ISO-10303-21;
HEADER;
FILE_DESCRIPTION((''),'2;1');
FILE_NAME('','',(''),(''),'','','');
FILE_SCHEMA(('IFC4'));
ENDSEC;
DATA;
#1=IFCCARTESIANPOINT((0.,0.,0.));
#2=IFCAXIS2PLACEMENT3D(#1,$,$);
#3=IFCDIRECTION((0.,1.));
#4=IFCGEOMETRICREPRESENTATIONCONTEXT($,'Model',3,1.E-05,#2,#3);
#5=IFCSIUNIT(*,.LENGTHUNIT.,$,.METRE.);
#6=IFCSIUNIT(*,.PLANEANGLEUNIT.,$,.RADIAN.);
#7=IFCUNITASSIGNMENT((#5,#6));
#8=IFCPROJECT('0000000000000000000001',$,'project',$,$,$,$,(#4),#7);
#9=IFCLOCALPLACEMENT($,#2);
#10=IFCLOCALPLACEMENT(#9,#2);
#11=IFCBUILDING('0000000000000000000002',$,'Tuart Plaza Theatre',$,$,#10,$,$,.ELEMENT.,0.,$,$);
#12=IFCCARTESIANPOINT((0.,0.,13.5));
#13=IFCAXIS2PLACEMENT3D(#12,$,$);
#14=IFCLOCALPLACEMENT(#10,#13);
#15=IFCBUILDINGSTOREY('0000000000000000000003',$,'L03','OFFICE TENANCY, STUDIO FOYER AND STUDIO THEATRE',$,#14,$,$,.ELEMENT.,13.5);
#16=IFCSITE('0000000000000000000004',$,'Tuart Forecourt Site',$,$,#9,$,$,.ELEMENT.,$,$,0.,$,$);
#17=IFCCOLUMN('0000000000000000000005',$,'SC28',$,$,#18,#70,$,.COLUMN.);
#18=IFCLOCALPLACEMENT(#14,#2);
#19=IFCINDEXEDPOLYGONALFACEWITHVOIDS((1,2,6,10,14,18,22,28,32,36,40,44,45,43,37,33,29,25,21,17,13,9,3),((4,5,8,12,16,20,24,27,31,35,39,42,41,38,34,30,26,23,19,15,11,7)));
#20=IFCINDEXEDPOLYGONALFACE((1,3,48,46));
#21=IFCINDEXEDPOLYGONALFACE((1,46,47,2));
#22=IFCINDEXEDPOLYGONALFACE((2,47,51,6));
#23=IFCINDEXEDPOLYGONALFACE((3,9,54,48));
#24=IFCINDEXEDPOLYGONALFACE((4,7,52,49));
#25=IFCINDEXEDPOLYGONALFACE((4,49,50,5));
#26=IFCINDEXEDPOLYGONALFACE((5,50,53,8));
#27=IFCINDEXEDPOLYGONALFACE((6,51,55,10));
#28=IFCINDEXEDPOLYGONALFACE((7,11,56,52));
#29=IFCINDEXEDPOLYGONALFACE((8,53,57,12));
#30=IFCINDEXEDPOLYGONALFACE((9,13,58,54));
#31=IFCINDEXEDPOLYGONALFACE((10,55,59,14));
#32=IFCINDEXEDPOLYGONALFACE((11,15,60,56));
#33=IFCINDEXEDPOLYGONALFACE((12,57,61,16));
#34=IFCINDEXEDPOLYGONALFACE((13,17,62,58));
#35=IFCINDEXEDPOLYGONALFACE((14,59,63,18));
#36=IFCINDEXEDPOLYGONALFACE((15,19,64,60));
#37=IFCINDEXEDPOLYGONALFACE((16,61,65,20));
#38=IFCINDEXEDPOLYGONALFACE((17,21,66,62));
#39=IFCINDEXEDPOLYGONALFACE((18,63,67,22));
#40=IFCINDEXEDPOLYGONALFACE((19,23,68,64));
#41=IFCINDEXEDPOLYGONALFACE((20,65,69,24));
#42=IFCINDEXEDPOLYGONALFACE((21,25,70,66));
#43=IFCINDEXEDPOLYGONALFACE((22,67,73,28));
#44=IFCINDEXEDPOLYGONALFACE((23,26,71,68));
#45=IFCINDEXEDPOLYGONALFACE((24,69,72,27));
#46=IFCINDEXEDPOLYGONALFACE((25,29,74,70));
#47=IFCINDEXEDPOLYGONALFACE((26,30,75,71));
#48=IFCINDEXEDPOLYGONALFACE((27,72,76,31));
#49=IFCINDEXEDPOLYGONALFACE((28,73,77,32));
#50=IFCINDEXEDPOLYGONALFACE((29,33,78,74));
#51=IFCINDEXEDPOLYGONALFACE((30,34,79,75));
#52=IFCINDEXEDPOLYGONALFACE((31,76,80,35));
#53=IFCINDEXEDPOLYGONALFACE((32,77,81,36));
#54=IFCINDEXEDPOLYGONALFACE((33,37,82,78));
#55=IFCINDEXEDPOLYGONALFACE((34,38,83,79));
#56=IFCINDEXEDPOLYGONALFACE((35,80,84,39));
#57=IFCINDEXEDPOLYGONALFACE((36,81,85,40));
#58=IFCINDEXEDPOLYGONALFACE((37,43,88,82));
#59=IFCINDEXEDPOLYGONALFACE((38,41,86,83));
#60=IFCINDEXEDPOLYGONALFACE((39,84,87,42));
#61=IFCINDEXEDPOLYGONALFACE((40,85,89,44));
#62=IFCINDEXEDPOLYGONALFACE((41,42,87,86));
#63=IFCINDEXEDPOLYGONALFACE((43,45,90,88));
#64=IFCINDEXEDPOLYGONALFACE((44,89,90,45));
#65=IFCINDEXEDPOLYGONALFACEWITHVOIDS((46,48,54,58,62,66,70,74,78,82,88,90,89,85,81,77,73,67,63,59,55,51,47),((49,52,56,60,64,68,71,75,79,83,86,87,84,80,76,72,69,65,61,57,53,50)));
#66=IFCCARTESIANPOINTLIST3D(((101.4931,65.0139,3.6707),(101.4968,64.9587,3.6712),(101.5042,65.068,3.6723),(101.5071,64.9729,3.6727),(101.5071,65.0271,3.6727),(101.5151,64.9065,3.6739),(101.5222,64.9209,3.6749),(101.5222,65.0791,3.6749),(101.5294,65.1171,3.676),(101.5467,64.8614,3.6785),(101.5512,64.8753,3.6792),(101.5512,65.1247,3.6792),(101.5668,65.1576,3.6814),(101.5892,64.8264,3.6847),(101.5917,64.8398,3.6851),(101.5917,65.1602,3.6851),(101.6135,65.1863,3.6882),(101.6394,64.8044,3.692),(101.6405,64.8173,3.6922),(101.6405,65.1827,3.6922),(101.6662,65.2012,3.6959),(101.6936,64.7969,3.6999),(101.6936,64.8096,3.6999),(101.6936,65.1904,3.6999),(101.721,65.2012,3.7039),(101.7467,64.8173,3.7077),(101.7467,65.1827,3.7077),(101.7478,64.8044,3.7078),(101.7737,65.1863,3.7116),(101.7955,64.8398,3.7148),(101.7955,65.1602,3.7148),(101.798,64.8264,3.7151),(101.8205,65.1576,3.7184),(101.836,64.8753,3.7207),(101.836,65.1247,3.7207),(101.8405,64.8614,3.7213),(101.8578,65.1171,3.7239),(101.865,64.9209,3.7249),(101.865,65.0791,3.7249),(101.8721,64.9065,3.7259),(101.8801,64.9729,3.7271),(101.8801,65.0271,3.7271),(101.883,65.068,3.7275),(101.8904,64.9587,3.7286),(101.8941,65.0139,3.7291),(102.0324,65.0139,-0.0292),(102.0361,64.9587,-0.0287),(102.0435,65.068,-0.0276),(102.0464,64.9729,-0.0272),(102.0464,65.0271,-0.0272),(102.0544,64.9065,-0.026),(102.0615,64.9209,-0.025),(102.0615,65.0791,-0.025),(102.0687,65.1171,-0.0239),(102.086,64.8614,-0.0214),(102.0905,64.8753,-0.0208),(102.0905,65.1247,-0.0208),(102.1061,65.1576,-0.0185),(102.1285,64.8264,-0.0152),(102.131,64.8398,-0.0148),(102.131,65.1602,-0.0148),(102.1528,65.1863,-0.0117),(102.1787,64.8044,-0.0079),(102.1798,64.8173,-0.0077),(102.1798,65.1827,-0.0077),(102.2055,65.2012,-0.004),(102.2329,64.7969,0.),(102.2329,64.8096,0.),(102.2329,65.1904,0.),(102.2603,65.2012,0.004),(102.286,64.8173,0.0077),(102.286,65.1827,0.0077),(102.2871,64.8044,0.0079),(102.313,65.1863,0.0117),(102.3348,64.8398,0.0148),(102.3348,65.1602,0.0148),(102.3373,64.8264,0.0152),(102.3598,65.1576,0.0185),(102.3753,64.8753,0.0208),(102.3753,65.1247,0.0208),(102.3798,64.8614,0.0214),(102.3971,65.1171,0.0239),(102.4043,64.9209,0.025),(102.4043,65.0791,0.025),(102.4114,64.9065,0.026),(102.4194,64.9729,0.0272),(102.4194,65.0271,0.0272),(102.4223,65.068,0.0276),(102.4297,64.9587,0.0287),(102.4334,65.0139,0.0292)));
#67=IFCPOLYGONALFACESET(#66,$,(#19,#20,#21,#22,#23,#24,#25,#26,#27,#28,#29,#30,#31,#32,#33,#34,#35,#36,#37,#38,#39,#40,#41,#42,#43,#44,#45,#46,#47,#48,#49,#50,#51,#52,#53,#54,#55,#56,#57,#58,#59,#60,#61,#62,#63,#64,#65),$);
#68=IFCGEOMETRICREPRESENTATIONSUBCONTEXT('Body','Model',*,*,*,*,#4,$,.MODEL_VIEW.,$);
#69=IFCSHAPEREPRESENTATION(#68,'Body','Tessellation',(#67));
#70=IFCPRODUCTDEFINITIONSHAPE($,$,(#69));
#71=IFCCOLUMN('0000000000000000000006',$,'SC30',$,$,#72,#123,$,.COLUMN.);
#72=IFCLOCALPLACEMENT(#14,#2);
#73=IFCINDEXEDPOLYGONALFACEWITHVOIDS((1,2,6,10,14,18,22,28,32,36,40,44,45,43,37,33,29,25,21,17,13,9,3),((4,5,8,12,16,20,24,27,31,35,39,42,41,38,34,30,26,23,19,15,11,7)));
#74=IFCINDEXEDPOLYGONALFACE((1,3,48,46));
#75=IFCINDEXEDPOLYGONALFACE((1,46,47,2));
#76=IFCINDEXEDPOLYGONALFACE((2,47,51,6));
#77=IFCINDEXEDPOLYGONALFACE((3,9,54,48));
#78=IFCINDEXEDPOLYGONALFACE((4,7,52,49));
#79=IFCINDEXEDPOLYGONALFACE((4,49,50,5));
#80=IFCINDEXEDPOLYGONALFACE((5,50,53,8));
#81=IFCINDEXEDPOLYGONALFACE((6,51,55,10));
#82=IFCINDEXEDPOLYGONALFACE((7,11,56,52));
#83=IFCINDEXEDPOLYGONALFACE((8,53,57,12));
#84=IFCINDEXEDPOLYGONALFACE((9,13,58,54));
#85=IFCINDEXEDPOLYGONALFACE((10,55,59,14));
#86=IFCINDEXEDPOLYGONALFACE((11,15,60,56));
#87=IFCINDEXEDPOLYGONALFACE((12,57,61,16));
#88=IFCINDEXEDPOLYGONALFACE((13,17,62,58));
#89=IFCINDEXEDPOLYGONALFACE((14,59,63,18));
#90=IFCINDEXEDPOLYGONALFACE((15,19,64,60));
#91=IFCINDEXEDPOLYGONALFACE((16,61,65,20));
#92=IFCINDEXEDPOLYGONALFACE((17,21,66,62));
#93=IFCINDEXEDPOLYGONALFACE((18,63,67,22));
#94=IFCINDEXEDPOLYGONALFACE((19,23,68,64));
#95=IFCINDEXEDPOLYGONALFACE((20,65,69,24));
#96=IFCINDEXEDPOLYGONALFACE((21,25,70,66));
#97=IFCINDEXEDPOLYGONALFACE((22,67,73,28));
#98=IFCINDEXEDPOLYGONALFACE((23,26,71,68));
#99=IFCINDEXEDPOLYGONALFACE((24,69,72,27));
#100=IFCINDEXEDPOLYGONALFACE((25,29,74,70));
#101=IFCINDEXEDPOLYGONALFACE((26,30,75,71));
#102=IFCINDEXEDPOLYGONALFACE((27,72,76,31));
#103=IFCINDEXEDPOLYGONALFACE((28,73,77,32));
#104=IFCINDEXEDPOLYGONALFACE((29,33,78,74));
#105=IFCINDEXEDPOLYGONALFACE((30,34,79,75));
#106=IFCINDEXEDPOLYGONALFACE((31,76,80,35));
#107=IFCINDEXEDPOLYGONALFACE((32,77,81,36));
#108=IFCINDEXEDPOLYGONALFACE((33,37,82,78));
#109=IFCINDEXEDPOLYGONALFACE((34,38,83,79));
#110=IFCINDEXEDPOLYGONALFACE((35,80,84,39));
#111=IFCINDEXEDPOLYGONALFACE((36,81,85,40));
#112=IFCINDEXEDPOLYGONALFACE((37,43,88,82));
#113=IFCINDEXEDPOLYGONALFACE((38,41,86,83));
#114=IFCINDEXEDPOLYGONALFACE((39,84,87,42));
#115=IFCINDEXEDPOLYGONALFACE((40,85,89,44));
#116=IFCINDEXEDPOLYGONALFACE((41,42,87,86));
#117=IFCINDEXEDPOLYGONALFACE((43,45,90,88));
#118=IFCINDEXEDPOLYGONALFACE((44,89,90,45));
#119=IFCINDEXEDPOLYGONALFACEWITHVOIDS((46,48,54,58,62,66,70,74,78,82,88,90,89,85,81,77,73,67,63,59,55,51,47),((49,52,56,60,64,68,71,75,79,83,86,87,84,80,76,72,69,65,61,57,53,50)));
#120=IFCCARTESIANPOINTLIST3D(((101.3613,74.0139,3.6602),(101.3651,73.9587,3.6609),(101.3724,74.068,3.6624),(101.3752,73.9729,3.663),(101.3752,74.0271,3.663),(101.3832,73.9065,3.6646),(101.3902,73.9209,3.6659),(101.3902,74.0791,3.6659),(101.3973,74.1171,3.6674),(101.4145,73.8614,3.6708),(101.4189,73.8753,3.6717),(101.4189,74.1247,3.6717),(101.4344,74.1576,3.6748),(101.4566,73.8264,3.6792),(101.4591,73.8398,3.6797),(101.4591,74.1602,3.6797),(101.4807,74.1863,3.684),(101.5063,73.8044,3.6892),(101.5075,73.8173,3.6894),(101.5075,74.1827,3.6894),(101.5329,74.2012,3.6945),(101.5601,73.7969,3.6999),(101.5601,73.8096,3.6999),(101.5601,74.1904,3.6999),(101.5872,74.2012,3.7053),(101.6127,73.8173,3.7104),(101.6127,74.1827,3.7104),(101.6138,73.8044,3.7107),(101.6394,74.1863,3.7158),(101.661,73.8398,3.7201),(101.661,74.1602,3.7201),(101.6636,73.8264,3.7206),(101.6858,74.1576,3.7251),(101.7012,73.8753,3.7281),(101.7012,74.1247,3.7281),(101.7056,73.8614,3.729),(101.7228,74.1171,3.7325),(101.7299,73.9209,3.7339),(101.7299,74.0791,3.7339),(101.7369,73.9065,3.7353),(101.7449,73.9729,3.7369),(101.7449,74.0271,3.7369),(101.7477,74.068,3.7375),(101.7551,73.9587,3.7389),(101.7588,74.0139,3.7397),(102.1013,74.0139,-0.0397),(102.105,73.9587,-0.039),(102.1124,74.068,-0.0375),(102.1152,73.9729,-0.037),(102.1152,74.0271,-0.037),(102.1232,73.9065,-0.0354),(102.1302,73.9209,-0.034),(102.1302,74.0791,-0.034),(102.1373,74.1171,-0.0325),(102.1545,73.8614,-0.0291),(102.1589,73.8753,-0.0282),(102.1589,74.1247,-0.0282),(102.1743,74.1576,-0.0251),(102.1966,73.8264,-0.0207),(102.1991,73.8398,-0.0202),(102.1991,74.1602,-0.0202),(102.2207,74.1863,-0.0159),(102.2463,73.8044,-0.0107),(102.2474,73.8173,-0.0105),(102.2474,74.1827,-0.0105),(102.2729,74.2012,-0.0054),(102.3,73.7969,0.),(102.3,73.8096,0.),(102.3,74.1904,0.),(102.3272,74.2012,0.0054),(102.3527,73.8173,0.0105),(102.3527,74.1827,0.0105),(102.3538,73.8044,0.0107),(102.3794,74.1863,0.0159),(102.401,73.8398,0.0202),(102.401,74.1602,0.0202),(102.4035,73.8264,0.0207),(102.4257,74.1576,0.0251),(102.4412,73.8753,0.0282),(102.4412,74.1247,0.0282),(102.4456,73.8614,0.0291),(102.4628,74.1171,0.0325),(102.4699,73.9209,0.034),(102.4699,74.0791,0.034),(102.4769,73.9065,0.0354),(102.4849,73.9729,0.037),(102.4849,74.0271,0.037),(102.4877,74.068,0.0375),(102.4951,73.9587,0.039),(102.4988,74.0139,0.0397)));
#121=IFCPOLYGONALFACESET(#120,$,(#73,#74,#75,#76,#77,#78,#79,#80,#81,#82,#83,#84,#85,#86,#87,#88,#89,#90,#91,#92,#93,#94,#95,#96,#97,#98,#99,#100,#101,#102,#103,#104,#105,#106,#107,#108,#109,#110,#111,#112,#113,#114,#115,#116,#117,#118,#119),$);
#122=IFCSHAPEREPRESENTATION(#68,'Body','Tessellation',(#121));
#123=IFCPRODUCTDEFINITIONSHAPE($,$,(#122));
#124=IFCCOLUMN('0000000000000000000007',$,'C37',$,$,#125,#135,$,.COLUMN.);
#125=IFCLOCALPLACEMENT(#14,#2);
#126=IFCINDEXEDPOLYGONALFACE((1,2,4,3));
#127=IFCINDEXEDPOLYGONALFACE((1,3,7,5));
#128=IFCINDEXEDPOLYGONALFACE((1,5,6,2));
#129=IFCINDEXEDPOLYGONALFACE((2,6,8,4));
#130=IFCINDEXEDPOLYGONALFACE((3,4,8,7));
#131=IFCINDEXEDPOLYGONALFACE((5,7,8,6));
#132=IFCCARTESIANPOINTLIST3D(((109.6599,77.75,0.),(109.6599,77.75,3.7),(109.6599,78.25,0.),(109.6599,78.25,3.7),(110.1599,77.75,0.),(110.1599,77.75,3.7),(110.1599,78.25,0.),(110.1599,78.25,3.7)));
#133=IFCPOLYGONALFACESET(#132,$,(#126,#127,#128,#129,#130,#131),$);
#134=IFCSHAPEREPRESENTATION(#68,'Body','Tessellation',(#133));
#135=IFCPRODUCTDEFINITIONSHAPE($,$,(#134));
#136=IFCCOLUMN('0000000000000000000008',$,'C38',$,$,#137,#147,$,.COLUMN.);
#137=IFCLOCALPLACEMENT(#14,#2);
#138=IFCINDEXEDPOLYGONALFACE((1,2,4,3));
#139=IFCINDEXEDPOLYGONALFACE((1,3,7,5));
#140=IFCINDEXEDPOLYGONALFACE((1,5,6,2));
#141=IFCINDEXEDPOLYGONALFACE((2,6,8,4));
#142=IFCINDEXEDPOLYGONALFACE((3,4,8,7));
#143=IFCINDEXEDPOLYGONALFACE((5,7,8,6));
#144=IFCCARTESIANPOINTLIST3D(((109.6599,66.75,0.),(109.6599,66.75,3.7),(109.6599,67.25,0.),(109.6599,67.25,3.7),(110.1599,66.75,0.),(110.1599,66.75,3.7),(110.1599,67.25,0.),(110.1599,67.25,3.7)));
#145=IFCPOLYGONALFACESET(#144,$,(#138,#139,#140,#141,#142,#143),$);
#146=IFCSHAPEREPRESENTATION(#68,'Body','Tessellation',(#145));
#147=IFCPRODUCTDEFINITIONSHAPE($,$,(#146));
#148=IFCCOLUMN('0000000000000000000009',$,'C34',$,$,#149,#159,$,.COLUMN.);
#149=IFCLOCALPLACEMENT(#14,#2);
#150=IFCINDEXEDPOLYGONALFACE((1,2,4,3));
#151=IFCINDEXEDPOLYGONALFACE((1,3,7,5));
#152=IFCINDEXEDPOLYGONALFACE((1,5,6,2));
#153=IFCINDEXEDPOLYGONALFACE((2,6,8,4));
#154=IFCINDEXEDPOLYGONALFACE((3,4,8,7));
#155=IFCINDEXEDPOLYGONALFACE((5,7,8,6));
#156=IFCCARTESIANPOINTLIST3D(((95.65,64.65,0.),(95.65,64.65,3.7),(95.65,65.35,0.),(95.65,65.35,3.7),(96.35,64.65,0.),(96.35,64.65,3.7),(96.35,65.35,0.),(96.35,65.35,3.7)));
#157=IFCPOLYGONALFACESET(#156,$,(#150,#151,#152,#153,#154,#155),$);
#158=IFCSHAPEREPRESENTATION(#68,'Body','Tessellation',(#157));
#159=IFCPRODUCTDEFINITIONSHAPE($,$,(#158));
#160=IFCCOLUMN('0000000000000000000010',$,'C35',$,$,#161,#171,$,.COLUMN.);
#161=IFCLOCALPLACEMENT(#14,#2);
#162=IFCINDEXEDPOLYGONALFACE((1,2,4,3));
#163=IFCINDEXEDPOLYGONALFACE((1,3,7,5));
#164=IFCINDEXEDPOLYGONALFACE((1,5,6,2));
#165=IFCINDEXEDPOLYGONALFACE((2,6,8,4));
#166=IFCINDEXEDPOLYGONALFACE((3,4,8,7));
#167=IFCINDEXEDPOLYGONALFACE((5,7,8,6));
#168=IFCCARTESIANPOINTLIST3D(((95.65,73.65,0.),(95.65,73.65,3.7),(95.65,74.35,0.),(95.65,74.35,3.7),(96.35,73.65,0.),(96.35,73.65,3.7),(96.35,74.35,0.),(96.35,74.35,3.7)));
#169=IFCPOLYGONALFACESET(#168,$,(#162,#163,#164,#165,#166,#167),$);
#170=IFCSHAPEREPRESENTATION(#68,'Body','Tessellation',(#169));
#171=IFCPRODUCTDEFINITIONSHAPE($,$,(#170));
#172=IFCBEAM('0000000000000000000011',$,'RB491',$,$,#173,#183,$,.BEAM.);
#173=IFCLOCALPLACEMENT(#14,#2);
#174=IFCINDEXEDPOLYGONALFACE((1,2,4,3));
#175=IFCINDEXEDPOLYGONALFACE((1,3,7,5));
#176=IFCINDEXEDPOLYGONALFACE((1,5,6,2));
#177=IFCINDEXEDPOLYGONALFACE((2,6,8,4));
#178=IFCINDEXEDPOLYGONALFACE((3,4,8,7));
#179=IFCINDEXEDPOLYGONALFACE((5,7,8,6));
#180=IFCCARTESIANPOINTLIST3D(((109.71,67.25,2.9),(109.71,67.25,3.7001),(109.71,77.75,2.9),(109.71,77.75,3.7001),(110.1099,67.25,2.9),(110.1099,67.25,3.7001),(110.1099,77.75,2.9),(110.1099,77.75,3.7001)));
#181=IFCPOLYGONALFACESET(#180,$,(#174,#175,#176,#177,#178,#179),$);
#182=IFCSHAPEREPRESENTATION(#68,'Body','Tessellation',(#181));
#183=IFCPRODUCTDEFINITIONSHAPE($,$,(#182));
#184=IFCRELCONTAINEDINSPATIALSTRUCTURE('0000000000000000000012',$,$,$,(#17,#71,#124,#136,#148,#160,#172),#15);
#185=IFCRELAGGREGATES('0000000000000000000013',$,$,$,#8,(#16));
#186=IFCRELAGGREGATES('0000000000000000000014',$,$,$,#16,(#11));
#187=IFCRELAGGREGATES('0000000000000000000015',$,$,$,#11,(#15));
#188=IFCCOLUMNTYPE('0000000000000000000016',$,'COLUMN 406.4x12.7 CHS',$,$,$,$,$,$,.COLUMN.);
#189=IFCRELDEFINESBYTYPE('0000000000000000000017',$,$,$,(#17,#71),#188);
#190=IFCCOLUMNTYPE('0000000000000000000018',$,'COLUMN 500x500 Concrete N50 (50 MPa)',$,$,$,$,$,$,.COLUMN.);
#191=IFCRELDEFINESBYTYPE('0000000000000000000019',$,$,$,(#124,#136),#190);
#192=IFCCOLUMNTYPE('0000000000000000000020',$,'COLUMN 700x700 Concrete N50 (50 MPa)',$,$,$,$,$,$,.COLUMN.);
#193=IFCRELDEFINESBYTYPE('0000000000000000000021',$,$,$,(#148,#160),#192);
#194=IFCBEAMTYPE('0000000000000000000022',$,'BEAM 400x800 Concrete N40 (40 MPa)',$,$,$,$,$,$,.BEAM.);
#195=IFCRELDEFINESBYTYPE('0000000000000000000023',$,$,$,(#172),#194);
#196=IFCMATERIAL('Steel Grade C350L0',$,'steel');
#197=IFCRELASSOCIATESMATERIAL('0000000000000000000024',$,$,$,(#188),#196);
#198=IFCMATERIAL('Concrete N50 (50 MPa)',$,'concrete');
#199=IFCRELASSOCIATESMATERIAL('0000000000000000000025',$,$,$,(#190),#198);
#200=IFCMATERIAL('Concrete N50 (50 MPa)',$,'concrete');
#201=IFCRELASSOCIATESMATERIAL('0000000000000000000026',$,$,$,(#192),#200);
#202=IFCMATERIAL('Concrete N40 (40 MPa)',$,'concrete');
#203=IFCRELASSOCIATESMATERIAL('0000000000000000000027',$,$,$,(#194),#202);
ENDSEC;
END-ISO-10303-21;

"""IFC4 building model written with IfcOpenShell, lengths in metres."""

from ifc_helpers import new_model, si_unit, direction, frame, origin, origin_2d, place, context, subcontext, project, spatial, rectangle, hollow_circle, extrude, material, material_profile, profile_set, type_object, element, save


model = new_model("IFC4")

# Units and contexts
model_context = context("Model", 3, precision=1e-05, world=origin(), true_north=direction((0.0, 1.0)))
body_context = subcontext(model_context, "Body", "Model", "MODEL_VIEW")
ifc_project = project(units=[si_unit("LENGTHUNIT", "METRE"), si_unit("PLANEANGLEUNIT", "RADIAN")], contexts=[model_context])

# Site, building, storey
site_placement = place(None, origin())
site = spatial("IfcSite", under=ifc_project, at=site_placement, Name="Tuart Forecourt Site", CompositionType="ELEMENT", RefElevation=0.0)
building_placement = place(site_placement, origin())
building = spatial("IfcBuilding", under=site, at=building_placement, Name="Tuart Plaza Theatre", CompositionType="ELEMENT", ElevationOfRefHeight=0.0)
storey_placement = place(building_placement, frame((0.0, 0.0, 13.5)))
storey = spatial("IfcBuildingStorey", under=building, at=storey_placement, Name="L03", Description="OFFICE TENANCY, STUDIO FOYER AND STUDIO THEATRE", CompositionType="ELEMENT", Elevation=13.5)

# Columns
ifc_material_1 = material(Name="Steel Grade C350L0", Category="steel")
ifc_material_profile_1 = material_profile(ifc_material_1, hollow_circle(Radius=0.2031, WallThickness=0.0127, at=origin_2d()), Name="406.4x12.7 CHS")
ifc_profile_set_1 = profile_set([ifc_material_profile_1], Name="Steel Grade C350L0")
column_type_1 = type_object("IfcColumnType", Name="COLUMN 406.4x12.7 CHS", PredefinedType="COLUMN", material=ifc_profile_set_1)
column_1_placement = place(storey_placement, frame((102.2329, 65.0, 0.0), z_axis=(-0.144236, 0.0, 0.989543), x_axis=(0.0, -1.0, 0.0)))
element("IfcColumn", 1, at=column_1_placement, inside=storey, type_object=column_type_1, Name="SC28", PredefinedType="COLUMN", context=body_context, shape_type="SweptSolid", body=[
    extrude(hollow_circle(Radius=0.2031, WallThickness=0.0127, at=origin_2d()), origin(), (0.0, 0.0, 1.0), 3.739),
])
column_2_placement = place(storey_placement, frame((102.3, 74.0, 0.0), z_axis=(-0.196116, 0.0, 0.980581), x_axis=(0.0, -1.0, 0.0)))
element("IfcColumn", 2, at=column_2_placement, inside=storey, type_object=column_type_1, Name="SC30", PredefinedType="COLUMN", context=body_context, shape_type="SweptSolid", body=[
    extrude(hollow_circle(Radius=0.2031, WallThickness=0.0127, at=origin_2d()), origin(), (0.0, 0.0, 1.0), 3.7732),
])
ifc_material_2 = material(Name="Concrete N50 (50 MPa)", Category="concrete")
ifc_material_profile_2 = material_profile(ifc_material_2, rectangle(XDim=0.5, YDim=0.5, at=origin_2d()), Name="COLUMN 500x500 Concrete N50 (50 MPa)")
ifc_profile_set_2 = profile_set([ifc_material_profile_2], Name="Concrete N50 (50 MPa)")
column_type_2 = type_object("IfcColumnType", Name="COLUMN 500x500 Concrete N50 (50 MPa)", PredefinedType="COLUMN", material=ifc_profile_set_2)
for number, where, z_axis, x_axis, name in (
    (3, (109.9099, 78.0, 0.0), (0.0, 0.0, 1.0), (1.0, 0.0, 0.0), "C37"),
    (4, (109.9099, 67.0, 0.0), (0.0, 0.0, 1.0), (1.0, 0.0, 0.0), "C38"),
):
    element("IfcColumn", number, at=place(storey_placement, frame(where, z_axis=z_axis, x_axis=x_axis)), inside=storey, type_object=column_type_2, Name=name, PredefinedType="COLUMN", context=body_context, shape_type="SweptSolid", body=[
        extrude(rectangle(XDim=0.5, YDim=0.5, at=origin_2d()), origin(), (0.0, 0.0, 1.0), 3.7),
    ])
ifc_material_3 = material(Name="Concrete N50 (50 MPa)", Category="concrete")
ifc_material_profile_3 = material_profile(ifc_material_3, rectangle(XDim=0.7, YDim=0.7, at=origin_2d()), Name="COLUMN 700x700 Concrete N50 (50 MPa)")
ifc_profile_set_3 = profile_set([ifc_material_profile_3], Name="Concrete N50 (50 MPa)")
column_type_3 = type_object("IfcColumnType", Name="COLUMN 700x700 Concrete N50 (50 MPa)", PredefinedType="COLUMN", material=ifc_profile_set_3)
for number, where, z_axis, x_axis, name in (
    (5, (96.0, 65.0, 0.0), (0.0, 0.0, 1.0), (1.0, 0.0, 0.0), "C34"),
    (6, (96.0, 74.0, 0.0), (0.0, 0.0, 1.0), (1.0, 0.0, 0.0), "C35"),
):
    element("IfcColumn", number, at=place(storey_placement, frame(where, z_axis=z_axis, x_axis=x_axis)), inside=storey, type_object=column_type_3, Name=name, PredefinedType="COLUMN", context=body_context, shape_type="SweptSolid", body=[
        extrude(rectangle(XDim=0.7, YDim=0.7, at=origin_2d()), origin(), (0.0, 0.0, 1.0), 3.7),
    ])

# Beam
ifc_material_4 = material(Name="Concrete N40 (40 MPa)", Category="concrete")
ifc_material_profile_4 = material_profile(ifc_material_4, rectangle(XDim=0.3999, YDim=0.8, at=origin_2d()), Name="BEAM 400x800 Concrete N40 (40 MPa)")
ifc_profile_set_4 = profile_set([ifc_material_profile_4], Name="Concrete N40 (40 MPa)")
beam_type = type_object("IfcBeamType", Name="BEAM 400x800 Concrete N40 (40 MPa)", PredefinedType="BEAM", material=ifc_profile_set_4)
beam_placement = place(storey_placement, frame((109.9099, 77.75, 3.3), z_axis=(0.0, -1.0, 0.0), x_axis=(1.0, 0.0, 0.0)))
element("IfcBeam", 7, at=beam_placement, inside=storey, type_object=beam_type, Name="RB491", PredefinedType="BEAM", context=body_context, shape_type="SweptSolid", body=[
    extrude(rectangle(XDim=0.3999, YDim=0.8, at=origin_2d()), origin(), (0.0, 0.0, 1.0), 10.5),
])

save(model, "model.ifc")
